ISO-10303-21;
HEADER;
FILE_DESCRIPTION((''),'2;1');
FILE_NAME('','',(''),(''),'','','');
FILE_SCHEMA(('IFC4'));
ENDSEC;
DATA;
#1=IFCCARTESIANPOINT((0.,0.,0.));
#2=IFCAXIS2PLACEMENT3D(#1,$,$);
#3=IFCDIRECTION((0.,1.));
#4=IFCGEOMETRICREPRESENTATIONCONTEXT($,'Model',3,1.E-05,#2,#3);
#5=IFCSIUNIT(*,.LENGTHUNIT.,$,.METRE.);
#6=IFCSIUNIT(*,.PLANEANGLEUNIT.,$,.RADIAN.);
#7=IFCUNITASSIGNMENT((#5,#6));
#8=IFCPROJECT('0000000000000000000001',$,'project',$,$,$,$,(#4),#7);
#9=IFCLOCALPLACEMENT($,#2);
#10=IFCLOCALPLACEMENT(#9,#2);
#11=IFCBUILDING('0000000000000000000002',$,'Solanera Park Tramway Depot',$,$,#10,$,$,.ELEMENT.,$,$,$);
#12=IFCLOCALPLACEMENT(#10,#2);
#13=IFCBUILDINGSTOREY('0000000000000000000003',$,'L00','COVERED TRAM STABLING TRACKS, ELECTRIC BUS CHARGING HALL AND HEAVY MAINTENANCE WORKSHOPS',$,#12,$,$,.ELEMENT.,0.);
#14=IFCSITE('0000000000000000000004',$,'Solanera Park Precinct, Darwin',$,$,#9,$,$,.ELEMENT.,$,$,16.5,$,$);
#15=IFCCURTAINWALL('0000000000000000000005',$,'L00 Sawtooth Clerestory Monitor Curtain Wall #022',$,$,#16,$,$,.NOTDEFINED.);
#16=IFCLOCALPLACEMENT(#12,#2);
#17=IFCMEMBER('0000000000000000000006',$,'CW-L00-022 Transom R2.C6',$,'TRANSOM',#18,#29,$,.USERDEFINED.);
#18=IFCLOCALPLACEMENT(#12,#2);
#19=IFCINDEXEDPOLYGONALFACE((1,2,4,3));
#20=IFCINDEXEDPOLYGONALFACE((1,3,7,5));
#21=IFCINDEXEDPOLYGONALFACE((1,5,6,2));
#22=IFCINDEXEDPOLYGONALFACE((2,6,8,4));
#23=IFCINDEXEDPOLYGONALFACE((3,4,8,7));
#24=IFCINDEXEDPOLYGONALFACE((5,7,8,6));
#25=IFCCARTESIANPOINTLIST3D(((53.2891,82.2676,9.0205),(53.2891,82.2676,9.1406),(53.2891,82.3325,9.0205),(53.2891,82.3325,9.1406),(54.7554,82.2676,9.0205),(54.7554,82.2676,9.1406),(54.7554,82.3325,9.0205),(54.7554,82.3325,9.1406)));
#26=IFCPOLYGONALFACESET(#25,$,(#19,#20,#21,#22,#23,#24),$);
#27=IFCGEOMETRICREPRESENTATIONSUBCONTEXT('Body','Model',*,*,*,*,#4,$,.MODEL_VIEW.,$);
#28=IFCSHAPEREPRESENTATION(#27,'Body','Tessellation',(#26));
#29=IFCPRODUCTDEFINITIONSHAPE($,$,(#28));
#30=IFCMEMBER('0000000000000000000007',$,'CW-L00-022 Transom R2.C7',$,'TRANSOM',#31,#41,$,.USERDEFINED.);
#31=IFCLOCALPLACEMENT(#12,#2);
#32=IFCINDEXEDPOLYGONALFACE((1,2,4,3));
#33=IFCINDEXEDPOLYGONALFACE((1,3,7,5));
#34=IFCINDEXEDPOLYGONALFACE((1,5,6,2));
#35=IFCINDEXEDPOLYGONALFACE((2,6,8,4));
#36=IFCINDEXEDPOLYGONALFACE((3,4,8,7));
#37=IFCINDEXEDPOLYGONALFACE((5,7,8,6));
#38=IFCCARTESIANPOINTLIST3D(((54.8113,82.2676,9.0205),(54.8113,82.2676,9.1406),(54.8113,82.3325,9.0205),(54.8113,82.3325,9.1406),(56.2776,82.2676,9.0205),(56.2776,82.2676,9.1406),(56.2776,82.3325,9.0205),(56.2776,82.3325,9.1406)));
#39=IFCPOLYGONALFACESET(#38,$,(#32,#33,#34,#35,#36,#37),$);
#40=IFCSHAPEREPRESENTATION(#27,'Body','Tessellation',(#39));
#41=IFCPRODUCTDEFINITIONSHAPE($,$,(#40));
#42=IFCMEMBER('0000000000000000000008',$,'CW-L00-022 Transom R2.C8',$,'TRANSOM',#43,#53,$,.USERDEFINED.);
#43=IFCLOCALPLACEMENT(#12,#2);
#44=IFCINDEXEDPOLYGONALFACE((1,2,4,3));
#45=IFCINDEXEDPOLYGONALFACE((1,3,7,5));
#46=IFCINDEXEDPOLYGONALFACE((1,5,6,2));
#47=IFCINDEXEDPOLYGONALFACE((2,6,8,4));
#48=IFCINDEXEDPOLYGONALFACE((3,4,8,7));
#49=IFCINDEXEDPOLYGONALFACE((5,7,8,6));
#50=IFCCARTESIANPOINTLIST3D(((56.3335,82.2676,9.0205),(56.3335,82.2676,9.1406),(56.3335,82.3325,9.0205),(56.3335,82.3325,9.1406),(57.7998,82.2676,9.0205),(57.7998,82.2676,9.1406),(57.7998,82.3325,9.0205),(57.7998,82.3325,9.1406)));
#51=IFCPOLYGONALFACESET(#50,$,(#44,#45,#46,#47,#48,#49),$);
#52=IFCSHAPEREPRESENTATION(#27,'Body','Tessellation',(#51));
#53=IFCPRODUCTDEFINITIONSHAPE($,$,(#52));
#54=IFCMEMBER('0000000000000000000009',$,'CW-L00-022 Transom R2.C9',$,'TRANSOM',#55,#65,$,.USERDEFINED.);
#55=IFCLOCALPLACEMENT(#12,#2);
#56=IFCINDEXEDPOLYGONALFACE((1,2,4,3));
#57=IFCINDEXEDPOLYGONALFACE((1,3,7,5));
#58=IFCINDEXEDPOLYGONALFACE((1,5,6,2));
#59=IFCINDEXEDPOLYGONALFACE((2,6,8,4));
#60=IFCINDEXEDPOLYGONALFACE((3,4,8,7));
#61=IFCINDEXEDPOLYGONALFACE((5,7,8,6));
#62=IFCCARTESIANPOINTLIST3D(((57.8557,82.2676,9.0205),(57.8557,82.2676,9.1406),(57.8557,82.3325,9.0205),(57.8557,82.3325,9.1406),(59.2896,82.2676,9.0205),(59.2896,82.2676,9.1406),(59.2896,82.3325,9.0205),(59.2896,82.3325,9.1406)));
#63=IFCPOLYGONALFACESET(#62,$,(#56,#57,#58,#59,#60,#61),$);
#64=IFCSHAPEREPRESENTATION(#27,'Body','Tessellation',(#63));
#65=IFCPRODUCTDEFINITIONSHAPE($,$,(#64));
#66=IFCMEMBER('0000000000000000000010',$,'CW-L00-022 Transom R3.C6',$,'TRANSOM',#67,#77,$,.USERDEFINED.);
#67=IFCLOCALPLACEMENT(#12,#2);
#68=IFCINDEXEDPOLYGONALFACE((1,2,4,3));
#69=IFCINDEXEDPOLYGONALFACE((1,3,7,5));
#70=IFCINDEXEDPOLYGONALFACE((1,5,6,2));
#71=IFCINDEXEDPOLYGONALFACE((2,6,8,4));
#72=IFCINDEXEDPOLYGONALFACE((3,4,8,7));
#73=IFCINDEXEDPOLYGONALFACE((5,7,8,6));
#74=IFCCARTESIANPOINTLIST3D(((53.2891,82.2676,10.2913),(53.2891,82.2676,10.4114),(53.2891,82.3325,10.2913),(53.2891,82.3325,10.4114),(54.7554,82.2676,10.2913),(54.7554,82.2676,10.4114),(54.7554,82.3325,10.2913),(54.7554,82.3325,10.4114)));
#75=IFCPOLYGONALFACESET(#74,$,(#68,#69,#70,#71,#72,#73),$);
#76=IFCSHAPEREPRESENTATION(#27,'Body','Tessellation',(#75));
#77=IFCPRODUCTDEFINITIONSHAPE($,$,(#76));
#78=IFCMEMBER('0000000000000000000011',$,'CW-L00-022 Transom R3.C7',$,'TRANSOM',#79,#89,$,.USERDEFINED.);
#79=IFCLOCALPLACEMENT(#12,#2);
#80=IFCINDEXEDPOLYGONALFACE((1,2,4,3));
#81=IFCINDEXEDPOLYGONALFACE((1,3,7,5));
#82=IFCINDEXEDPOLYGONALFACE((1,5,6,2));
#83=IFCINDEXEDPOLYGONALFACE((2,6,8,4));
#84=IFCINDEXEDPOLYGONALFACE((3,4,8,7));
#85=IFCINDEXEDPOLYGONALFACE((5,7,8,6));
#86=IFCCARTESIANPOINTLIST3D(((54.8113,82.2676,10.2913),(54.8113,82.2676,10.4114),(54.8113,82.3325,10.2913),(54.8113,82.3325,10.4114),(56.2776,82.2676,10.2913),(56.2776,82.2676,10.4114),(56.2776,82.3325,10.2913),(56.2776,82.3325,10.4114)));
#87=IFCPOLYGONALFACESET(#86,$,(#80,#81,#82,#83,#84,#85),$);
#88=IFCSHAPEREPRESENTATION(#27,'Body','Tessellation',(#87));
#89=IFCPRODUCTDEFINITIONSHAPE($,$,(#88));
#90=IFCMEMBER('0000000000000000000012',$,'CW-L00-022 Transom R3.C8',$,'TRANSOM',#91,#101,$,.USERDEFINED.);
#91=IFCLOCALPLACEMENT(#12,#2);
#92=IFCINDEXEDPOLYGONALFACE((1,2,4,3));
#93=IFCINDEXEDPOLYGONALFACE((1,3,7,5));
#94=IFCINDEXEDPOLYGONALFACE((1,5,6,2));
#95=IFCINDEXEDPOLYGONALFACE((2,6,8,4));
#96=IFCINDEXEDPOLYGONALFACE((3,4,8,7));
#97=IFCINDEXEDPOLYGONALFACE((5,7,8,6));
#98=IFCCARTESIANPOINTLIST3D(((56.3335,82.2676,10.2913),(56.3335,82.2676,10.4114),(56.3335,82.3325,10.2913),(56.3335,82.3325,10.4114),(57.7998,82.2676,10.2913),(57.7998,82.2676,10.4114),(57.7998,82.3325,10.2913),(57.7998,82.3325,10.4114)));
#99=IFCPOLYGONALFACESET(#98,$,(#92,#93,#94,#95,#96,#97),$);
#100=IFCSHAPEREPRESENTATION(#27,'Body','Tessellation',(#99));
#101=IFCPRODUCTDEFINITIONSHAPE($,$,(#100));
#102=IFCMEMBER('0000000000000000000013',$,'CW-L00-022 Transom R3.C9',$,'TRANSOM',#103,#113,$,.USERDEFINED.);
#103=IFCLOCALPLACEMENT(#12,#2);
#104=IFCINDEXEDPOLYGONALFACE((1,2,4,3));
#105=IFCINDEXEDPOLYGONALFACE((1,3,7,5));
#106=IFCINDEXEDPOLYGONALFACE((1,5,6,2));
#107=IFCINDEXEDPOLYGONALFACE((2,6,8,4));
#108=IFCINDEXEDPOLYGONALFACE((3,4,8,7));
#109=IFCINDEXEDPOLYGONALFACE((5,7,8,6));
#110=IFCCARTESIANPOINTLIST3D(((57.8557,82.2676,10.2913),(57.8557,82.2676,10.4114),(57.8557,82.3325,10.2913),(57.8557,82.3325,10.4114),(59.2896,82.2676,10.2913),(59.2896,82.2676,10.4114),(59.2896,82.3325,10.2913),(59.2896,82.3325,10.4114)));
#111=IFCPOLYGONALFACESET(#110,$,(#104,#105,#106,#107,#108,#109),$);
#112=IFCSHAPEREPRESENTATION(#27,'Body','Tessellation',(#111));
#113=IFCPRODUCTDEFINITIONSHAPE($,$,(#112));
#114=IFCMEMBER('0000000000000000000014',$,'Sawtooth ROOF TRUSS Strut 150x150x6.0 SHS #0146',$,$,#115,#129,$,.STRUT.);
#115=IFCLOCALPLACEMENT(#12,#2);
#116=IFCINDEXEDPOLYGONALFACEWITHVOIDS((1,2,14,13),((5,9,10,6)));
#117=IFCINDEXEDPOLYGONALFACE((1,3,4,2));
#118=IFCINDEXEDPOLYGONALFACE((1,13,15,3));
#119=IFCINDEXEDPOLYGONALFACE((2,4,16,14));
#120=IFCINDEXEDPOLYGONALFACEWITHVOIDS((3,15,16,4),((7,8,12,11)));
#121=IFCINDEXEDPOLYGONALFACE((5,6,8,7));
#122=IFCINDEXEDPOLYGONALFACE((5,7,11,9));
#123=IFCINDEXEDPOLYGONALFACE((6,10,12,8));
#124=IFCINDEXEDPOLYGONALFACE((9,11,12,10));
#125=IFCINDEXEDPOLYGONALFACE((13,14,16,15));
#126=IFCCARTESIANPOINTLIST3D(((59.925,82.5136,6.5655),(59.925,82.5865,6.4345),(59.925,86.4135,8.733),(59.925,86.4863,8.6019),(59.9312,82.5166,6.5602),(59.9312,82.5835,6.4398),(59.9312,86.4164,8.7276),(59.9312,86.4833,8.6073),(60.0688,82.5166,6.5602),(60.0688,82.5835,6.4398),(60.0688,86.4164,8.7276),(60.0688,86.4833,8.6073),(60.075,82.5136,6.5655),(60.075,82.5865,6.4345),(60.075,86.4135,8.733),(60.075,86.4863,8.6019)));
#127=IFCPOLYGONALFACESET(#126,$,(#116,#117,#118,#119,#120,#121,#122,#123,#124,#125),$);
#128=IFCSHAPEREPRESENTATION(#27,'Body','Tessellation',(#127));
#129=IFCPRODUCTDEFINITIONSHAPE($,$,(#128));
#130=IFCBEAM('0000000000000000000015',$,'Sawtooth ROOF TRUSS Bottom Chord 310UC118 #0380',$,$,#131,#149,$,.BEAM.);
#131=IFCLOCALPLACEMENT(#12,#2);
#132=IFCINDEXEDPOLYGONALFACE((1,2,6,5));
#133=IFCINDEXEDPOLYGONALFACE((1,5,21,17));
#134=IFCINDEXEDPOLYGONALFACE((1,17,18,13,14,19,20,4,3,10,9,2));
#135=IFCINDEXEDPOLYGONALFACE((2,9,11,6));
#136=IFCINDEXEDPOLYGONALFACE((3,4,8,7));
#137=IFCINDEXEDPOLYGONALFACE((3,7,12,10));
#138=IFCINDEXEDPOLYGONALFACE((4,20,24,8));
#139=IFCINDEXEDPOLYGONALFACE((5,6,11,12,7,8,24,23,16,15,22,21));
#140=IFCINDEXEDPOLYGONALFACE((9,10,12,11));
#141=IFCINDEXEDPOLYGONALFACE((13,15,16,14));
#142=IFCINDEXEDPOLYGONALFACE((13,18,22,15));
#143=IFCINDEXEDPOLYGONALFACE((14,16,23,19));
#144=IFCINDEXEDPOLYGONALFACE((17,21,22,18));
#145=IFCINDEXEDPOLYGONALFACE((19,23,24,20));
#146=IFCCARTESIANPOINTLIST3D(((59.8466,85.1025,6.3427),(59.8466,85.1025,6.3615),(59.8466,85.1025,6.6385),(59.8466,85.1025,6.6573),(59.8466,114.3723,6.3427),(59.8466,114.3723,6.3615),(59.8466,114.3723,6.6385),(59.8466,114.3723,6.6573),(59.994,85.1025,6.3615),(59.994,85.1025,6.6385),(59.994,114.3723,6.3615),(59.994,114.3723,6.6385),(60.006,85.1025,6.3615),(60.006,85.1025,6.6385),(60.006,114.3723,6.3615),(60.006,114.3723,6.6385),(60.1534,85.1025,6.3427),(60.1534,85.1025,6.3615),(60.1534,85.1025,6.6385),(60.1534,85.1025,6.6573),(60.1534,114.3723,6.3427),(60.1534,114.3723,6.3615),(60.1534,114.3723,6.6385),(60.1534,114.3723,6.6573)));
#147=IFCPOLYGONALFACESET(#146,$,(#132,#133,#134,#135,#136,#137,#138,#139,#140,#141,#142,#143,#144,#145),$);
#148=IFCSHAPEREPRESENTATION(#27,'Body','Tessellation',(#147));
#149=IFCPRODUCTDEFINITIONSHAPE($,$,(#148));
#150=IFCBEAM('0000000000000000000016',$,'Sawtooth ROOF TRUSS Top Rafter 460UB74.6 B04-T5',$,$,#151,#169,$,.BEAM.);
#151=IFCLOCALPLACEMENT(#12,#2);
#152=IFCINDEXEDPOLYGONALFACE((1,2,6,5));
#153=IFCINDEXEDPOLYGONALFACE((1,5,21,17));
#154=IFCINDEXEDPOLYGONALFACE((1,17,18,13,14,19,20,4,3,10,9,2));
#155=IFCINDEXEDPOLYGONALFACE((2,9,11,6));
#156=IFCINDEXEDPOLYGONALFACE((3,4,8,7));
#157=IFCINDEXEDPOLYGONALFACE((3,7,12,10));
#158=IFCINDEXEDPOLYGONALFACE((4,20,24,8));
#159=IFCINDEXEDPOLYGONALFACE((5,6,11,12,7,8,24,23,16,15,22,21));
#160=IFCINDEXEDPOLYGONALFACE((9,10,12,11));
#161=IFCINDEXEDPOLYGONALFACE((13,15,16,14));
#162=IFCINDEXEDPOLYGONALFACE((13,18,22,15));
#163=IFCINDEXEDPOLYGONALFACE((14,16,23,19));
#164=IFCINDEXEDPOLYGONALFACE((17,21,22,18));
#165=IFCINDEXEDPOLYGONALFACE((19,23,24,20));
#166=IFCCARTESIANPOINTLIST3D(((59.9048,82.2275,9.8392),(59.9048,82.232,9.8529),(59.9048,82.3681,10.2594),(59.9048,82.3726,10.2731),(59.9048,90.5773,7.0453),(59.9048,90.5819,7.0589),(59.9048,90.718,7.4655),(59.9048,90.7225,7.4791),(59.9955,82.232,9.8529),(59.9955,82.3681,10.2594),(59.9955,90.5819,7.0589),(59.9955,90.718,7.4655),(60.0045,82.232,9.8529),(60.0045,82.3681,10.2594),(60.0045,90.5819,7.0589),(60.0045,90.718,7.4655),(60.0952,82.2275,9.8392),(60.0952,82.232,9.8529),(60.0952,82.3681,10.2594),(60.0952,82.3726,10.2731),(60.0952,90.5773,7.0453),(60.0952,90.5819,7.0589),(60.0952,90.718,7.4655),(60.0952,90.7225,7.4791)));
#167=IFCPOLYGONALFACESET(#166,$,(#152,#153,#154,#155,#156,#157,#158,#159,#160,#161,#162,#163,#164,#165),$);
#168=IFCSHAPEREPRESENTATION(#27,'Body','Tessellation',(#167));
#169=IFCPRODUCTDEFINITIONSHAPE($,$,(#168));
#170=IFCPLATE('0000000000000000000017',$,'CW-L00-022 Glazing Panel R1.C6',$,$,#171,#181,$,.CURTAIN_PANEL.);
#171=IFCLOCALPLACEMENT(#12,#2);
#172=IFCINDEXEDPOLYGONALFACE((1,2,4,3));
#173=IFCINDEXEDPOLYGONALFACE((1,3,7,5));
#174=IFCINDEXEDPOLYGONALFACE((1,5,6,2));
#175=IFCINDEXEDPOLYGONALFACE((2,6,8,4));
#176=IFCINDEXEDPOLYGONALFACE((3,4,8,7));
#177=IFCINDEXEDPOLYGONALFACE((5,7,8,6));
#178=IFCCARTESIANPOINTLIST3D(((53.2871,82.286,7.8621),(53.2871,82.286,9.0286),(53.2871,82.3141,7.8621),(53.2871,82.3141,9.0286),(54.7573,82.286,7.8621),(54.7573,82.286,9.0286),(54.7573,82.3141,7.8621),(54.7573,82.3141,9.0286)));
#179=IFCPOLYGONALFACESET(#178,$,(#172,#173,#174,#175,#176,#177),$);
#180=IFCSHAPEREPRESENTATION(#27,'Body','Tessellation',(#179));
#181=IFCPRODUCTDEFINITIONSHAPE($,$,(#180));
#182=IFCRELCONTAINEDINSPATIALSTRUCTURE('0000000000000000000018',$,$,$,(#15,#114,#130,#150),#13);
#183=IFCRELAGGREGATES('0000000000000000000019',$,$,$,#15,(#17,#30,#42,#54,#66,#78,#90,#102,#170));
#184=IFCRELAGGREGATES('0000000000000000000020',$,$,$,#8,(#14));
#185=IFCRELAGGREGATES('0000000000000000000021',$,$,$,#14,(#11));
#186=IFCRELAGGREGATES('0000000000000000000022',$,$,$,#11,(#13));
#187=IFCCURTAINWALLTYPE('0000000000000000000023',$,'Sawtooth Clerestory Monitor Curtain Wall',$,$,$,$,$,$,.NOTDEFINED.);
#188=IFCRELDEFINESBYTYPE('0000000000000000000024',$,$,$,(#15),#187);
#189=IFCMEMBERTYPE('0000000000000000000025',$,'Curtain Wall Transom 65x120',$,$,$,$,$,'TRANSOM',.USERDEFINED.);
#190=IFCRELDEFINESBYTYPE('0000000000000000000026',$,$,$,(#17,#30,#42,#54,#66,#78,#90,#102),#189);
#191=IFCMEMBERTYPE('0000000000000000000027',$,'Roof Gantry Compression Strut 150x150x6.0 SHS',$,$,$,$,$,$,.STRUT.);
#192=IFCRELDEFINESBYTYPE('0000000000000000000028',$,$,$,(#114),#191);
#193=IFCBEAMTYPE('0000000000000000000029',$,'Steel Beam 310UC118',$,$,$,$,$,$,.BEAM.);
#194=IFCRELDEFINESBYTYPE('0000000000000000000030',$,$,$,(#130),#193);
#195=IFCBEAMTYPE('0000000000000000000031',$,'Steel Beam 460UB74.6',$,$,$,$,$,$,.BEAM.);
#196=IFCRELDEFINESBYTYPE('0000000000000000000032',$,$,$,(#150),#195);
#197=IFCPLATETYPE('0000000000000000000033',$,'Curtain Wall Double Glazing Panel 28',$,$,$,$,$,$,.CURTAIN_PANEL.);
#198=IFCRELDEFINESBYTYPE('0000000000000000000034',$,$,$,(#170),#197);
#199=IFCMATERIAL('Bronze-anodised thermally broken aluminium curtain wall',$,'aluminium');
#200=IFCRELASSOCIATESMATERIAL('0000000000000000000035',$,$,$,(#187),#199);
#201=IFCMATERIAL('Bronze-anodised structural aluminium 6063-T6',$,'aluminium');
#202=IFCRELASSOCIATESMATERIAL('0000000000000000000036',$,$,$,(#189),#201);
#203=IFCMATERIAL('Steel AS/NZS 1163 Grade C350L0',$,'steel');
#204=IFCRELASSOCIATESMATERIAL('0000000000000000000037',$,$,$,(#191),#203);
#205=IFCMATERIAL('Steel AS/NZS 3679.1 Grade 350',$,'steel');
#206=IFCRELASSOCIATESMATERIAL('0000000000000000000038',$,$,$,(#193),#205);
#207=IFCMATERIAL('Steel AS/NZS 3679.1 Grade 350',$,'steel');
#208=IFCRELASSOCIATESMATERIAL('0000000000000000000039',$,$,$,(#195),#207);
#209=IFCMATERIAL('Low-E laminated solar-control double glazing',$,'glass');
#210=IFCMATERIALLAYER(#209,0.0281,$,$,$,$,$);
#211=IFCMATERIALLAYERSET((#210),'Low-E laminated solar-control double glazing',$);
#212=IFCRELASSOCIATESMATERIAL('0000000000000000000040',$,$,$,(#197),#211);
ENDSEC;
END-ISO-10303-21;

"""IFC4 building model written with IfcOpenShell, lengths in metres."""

from ifc_helpers import new_model, si_unit, direction, frame, origin, origin_2d, place, context, subcontext, project, spatial, rectangle, hollow_rectangle, i_section, extrude, material, layer, layer_set, material_profile, profile_set, type_object, element, aggregate, save


model = new_model("IFC4")

# Units and contexts
model_context = context("Model", 3, precision=1e-05, world=origin(), true_north=direction((0.0, 1.0)))
body_context = subcontext(model_context, "Body", "Model", "MODEL_VIEW")
ifc_project = project(units=[si_unit("LENGTHUNIT", "METRE"), si_unit("PLANEANGLEUNIT", "RADIAN")], contexts=[model_context])

# Site, building, storey
site_placement = place(None, origin())
site = spatial("IfcSite", under=ifc_project, at=site_placement, Name="Solanera Park Precinct, Darwin", CompositionType="ELEMENT", RefElevation=16.5)
building_placement = place(site_placement, origin())
building = spatial("IfcBuilding", under=site, at=building_placement, Name="Solanera Park Tramway Depot", CompositionType="ELEMENT")
storey_placement = place(building_placement, origin())
storey = spatial("IfcBuildingStorey", under=building, at=storey_placement, Name="L00", Description="COVERED TRAM STABLING TRACKS, ELECTRIC BUS CHARGING HALL AND HEAVY MAINTENANCE WORKSHOPS", CompositionType="ELEMENT", Elevation=0.0)

# Curtain wall, members
ifc_material_1 = material(Name="Bronze-anodised thermally broken aluminium curtain wall", Category="aluminium")
curtain_wall_type = type_object("IfcCurtainWallType", Name="Sawtooth Clerestory Monitor Curtain Wall", PredefinedType="NOTDEFINED", material=ifc_material_1)
curtain_wall_placement = place(storey_placement, origin())
curtain_wall = element("IfcCurtainWall", 1, at=curtain_wall_placement, inside=storey, type_object=curtain_wall_type, Name="L00 Sawtooth Clerestory Monitor Curtain Wall #022", PredefinedType="NOTDEFINED")
ifc_material_2 = material(Name="Bronze-anodised structural aluminium 6063-T6", Category="aluminium")
ifc_material_profile_1 = material_profile(ifc_material_2, rectangle(XDim=0.0649, YDim=0.1201, at=origin_2d()), Name="Curtain Wall Transom 65x120")
ifc_profile_set_1 = profile_set([ifc_material_profile_1], Name="Bronze-anodised structural aluminium 6063-T6")
member_type_1 = type_object("IfcMemberType", Name="Curtain Wall Transom 65x120", ElementType="TRANSOM", PredefinedType="USERDEFINED", material=ifc_profile_set_1)
member_1_placement = place(storey_placement, frame((53.2891, 82.3, 9.0806), z_axis=(1.0, 0.0, 0.0), x_axis=(0.0, 1.0, 0.0)))
member_1 = element("IfcMember", 2, at=member_1_placement, type_object=member_type_1, Name="CW-L00-022 Transom R2.C6", ObjectType="TRANSOM", PredefinedType="USERDEFINED", context=body_context, shape_type="SweptSolid", body=[
    extrude(rectangle(XDim=0.0649, YDim=0.1201, at=origin_2d()), origin(), (0.0, 0.0, 1.0), 1.4663),
])
member_2_placement = place(storey_placement, frame((54.8113, 82.3, 9.0806), z_axis=(1.0, 0.0, 0.0), x_axis=(0.0, 1.0, 0.0)))
member_2 = element("IfcMember", 3, at=member_2_placement, type_object=member_type_1, Name="CW-L00-022 Transom R2.C7", ObjectType="TRANSOM", PredefinedType="USERDEFINED", context=body_context, shape_type="SweptSolid", body=[
    extrude(rectangle(XDim=0.0649, YDim=0.1201, at=origin_2d()), origin(), (0.0, 0.0, 1.0), 1.4663),
])
member_3_placement = place(storey_placement, frame((56.3335, 82.3, 9.0806), z_axis=(1.0, 0.0, 0.0), x_axis=(0.0, 1.0, 0.0)))
member_3 = element("IfcMember", 4, at=member_3_placement, type_object=member_type_1, Name="CW-L00-022 Transom R2.C8", ObjectType="TRANSOM", PredefinedType="USERDEFINED", context=body_context, shape_type="SweptSolid", body=[
    extrude(rectangle(XDim=0.0649, YDim=0.1201, at=origin_2d()), origin(), (0.0, 0.0, 1.0), 1.4663),
])
member_4_placement = place(storey_placement, frame((57.8557, 82.3, 9.0806), z_axis=(1.0, 0.0, 0.0), x_axis=(0.0, 1.0, 0.0)))
member_4 = element("IfcMember", 5, at=member_4_placement, type_object=member_type_1, Name="CW-L00-022 Transom R2.C9", ObjectType="TRANSOM", PredefinedType="USERDEFINED", context=body_context, shape_type="SweptSolid", body=[
    extrude(rectangle(XDim=0.0649, YDim=0.1201, at=origin_2d()), origin(), (0.0, 0.0, 1.0), 1.4338),
])
member_5_placement = place(storey_placement, frame((53.2891, 82.3, 10.3513), z_axis=(1.0, 0.0, 0.0), x_axis=(0.0, 1.0, 0.0)))
member_5 = element("IfcMember", 6, at=member_5_placement, type_object=member_type_1, Name="CW-L00-022 Transom R3.C6", ObjectType="TRANSOM", PredefinedType="USERDEFINED", context=body_context, shape_type="SweptSolid", body=[
    extrude(rectangle(XDim=0.0649, YDim=0.1201, at=origin_2d()), origin(), (0.0, 0.0, 1.0), 1.4663),
])
member_6_placement = place(storey_placement, frame((54.8113, 82.3, 10.3513), z_axis=(1.0, 0.0, 0.0), x_axis=(0.0, 1.0, 0.0)))
member_6 = element("IfcMember", 7, at=member_6_placement, type_object=member_type_1, Name="CW-L00-022 Transom R3.C7", ObjectType="TRANSOM", PredefinedType="USERDEFINED", context=body_context, shape_type="SweptSolid", body=[
    extrude(rectangle(XDim=0.0649, YDim=0.1201, at=origin_2d()), origin(), (0.0, 0.0, 1.0), 1.4663),
])
member_7_placement = place(storey_placement, frame((56.3335, 82.3, 10.3513), z_axis=(1.0, 0.0, 0.0), x_axis=(0.0, 1.0, 0.0)))
member_7 = element("IfcMember", 8, at=member_7_placement, type_object=member_type_1, Name="CW-L00-022 Transom R3.C8", ObjectType="TRANSOM", PredefinedType="USERDEFINED", context=body_context, shape_type="SweptSolid", body=[
    extrude(rectangle(XDim=0.0649, YDim=0.1201, at=origin_2d()), origin(), (0.0, 0.0, 1.0), 1.4663),
])
member_8_placement = place(storey_placement, frame((57.8557, 82.3, 10.3513), z_axis=(1.0, 0.0, 0.0), x_axis=(0.0, 1.0, 0.0)))
member_8 = element("IfcMember", 9, at=member_8_placement, type_object=member_type_1, Name="CW-L00-022 Transom R3.C9", ObjectType="TRANSOM", PredefinedType="USERDEFINED", context=body_context, shape_type="SweptSolid", body=[
    extrude(rectangle(XDim=0.0649, YDim=0.1201, at=origin_2d()), origin(), (0.0, 0.0, 1.0), 1.4338),
])

# Member
ifc_material_3 = material(Name="Steel AS/NZS 1163 Grade C350L0", Category="steel")
ifc_material_profile_2 = material_profile(ifc_material_3, hollow_rectangle(XDim=0.1499, YDim=0.1499, WallThickness=0.0061, at=origin_2d()), Name="150x150x6.0 SHS")
ifc_profile_set_2 = profile_set([ifc_material_profile_2], Name="Steel AS/NZS 1163 Grade C350L0")
member_type_2 = type_object("IfcMemberType", Name="Roof Gantry Compression Strut 150x150x6.0 SHS", PredefinedType="STRUT", material=ifc_profile_set_2)
member_9_placement = place(storey_placement, frame((60.0, 82.55, 6.5), z_axis=(0.0, 0.874075, 0.485792), x_axis=(-1.0, 0.0, 0.0)))
element("IfcMember", 10, at=member_9_placement, inside=storey, type_object=member_type_2, Name="Sawtooth ROOF TRUSS Strut 150x150x6.0 SHS #0146", PredefinedType="STRUT", context=body_context, shape_type="SweptSolid", body=[
    extrude(hollow_rectangle(XDim=0.1499, YDim=0.1499, WallThickness=0.0061, at=origin_2d()), origin(), (0.0, 0.0, 1.0), 4.4617),
])

# Beams
ifc_material_4 = material(Name="Steel AS/NZS 3679.1 Grade 350", Category="steel")
ifc_material_profile_3 = material_profile(ifc_material_4, i_section(OverallWidth=0.3069, OverallDepth=0.3147, WebThickness=0.012, FlangeThickness=0.0188, at=origin_2d()), Name="310UC118")
ifc_profile_set_3 = profile_set([ifc_material_profile_3], Name="Steel AS/NZS 3679.1 Grade 350")
beam_type_1 = type_object("IfcBeamType", Name="Steel Beam 310UC118", PredefinedType="BEAM", material=ifc_profile_set_3)
beam_1_placement = place(storey_placement, frame((60.0, 85.1025, 6.5), z_axis=(0.0, 1.0, 0.0), x_axis=(-1.0, 0.0, 0.0)))
element("IfcBeam", 11, at=beam_1_placement, inside=storey, type_object=beam_type_1, Name="Sawtooth ROOF TRUSS Bottom Chord 310UC118 #0380", PredefinedType="BEAM", context=body_context, shape_type="SweptSolid", body=[
    extrude(i_section(OverallWidth=0.3069, OverallDepth=0.3147, WebThickness=0.012, FlangeThickness=0.0188, at=origin_2d()), origin(), (0.0, 0.0, 1.0), 29.2698),
])
ifc_material_5 = material(Name="Steel AS/NZS 3679.1 Grade 350", Category="steel")
ifc_material_profile_4 = material_profile(ifc_material_5, i_section(OverallWidth=0.1904, OverallDepth=0.4575, WebThickness=0.009, FlangeThickness=0.0144, at=origin_2d()), Name="460UB74.6")
ifc_profile_set_4 = profile_set([ifc_material_profile_4], Name="Steel AS/NZS 3679.1 Grade 350")
beam_type_2 = type_object("IfcBeamType", Name="Steel Beam 460UB74.6", PredefinedType="BEAM", material=ifc_profile_set_4)
beam_2_placement = place(storey_placement, frame((60.0, 82.3, 10.0562), z_axis=(0.0, 0.948319, -0.317317), x_axis=(-1.0, 0.0, 0.0)))
element("IfcBeam", 12, at=beam_2_placement, inside=storey, type_object=beam_type_2, Name="Sawtooth ROOF TRUSS Top Rafter 460UB74.6 B04-T5", PredefinedType="BEAM", context=body_context, shape_type="SweptSolid", body=[
    extrude(i_section(OverallWidth=0.1904, OverallDepth=0.4575, WebThickness=0.009, FlangeThickness=0.0144, at=origin_2d()), origin(), (0.0, 0.0, 1.0), 8.8049),
])

# Plate
ifc_material_6 = material(Name="Low-E laminated solar-control double glazing", Category="glass")
ifc_layer_1 = layer(ifc_material_6, 0.0281)
ifc_layer_set_1 = layer_set([ifc_layer_1], Name="Low-E laminated solar-control double glazing")
plate_type_1 = type_object("IfcPlateType", Name="Curtain Wall Double Glazing Panel 28", PredefinedType="CURTAIN_PANEL", material=ifc_layer_set_1)
plate_1_placement = place(storey_placement, frame((54.0222, 82.3, 7.8621), z_axis=(0.0, 0.0, 1.0), x_axis=(1.0, 0.0, 0.0)))
plate_1 = element("IfcPlate", 13, at=plate_1_placement, type_object=plate_type_1, Name="CW-L00-022 Glazing Panel R1.C6", PredefinedType="CURTAIN_PANEL", context=body_context, shape_type="SweptSolid", body=[
    extrude(rectangle(XDim=1.4702, YDim=0.0281, at=origin_2d()), origin(), (0.0, 0.0, 1.0), 1.1665),
])
aggregate(curtain_wall, [member_1, member_2, member_3, member_4, member_5, member_6, member_7, member_8, plate_1])

save(model, "model.ifc")
